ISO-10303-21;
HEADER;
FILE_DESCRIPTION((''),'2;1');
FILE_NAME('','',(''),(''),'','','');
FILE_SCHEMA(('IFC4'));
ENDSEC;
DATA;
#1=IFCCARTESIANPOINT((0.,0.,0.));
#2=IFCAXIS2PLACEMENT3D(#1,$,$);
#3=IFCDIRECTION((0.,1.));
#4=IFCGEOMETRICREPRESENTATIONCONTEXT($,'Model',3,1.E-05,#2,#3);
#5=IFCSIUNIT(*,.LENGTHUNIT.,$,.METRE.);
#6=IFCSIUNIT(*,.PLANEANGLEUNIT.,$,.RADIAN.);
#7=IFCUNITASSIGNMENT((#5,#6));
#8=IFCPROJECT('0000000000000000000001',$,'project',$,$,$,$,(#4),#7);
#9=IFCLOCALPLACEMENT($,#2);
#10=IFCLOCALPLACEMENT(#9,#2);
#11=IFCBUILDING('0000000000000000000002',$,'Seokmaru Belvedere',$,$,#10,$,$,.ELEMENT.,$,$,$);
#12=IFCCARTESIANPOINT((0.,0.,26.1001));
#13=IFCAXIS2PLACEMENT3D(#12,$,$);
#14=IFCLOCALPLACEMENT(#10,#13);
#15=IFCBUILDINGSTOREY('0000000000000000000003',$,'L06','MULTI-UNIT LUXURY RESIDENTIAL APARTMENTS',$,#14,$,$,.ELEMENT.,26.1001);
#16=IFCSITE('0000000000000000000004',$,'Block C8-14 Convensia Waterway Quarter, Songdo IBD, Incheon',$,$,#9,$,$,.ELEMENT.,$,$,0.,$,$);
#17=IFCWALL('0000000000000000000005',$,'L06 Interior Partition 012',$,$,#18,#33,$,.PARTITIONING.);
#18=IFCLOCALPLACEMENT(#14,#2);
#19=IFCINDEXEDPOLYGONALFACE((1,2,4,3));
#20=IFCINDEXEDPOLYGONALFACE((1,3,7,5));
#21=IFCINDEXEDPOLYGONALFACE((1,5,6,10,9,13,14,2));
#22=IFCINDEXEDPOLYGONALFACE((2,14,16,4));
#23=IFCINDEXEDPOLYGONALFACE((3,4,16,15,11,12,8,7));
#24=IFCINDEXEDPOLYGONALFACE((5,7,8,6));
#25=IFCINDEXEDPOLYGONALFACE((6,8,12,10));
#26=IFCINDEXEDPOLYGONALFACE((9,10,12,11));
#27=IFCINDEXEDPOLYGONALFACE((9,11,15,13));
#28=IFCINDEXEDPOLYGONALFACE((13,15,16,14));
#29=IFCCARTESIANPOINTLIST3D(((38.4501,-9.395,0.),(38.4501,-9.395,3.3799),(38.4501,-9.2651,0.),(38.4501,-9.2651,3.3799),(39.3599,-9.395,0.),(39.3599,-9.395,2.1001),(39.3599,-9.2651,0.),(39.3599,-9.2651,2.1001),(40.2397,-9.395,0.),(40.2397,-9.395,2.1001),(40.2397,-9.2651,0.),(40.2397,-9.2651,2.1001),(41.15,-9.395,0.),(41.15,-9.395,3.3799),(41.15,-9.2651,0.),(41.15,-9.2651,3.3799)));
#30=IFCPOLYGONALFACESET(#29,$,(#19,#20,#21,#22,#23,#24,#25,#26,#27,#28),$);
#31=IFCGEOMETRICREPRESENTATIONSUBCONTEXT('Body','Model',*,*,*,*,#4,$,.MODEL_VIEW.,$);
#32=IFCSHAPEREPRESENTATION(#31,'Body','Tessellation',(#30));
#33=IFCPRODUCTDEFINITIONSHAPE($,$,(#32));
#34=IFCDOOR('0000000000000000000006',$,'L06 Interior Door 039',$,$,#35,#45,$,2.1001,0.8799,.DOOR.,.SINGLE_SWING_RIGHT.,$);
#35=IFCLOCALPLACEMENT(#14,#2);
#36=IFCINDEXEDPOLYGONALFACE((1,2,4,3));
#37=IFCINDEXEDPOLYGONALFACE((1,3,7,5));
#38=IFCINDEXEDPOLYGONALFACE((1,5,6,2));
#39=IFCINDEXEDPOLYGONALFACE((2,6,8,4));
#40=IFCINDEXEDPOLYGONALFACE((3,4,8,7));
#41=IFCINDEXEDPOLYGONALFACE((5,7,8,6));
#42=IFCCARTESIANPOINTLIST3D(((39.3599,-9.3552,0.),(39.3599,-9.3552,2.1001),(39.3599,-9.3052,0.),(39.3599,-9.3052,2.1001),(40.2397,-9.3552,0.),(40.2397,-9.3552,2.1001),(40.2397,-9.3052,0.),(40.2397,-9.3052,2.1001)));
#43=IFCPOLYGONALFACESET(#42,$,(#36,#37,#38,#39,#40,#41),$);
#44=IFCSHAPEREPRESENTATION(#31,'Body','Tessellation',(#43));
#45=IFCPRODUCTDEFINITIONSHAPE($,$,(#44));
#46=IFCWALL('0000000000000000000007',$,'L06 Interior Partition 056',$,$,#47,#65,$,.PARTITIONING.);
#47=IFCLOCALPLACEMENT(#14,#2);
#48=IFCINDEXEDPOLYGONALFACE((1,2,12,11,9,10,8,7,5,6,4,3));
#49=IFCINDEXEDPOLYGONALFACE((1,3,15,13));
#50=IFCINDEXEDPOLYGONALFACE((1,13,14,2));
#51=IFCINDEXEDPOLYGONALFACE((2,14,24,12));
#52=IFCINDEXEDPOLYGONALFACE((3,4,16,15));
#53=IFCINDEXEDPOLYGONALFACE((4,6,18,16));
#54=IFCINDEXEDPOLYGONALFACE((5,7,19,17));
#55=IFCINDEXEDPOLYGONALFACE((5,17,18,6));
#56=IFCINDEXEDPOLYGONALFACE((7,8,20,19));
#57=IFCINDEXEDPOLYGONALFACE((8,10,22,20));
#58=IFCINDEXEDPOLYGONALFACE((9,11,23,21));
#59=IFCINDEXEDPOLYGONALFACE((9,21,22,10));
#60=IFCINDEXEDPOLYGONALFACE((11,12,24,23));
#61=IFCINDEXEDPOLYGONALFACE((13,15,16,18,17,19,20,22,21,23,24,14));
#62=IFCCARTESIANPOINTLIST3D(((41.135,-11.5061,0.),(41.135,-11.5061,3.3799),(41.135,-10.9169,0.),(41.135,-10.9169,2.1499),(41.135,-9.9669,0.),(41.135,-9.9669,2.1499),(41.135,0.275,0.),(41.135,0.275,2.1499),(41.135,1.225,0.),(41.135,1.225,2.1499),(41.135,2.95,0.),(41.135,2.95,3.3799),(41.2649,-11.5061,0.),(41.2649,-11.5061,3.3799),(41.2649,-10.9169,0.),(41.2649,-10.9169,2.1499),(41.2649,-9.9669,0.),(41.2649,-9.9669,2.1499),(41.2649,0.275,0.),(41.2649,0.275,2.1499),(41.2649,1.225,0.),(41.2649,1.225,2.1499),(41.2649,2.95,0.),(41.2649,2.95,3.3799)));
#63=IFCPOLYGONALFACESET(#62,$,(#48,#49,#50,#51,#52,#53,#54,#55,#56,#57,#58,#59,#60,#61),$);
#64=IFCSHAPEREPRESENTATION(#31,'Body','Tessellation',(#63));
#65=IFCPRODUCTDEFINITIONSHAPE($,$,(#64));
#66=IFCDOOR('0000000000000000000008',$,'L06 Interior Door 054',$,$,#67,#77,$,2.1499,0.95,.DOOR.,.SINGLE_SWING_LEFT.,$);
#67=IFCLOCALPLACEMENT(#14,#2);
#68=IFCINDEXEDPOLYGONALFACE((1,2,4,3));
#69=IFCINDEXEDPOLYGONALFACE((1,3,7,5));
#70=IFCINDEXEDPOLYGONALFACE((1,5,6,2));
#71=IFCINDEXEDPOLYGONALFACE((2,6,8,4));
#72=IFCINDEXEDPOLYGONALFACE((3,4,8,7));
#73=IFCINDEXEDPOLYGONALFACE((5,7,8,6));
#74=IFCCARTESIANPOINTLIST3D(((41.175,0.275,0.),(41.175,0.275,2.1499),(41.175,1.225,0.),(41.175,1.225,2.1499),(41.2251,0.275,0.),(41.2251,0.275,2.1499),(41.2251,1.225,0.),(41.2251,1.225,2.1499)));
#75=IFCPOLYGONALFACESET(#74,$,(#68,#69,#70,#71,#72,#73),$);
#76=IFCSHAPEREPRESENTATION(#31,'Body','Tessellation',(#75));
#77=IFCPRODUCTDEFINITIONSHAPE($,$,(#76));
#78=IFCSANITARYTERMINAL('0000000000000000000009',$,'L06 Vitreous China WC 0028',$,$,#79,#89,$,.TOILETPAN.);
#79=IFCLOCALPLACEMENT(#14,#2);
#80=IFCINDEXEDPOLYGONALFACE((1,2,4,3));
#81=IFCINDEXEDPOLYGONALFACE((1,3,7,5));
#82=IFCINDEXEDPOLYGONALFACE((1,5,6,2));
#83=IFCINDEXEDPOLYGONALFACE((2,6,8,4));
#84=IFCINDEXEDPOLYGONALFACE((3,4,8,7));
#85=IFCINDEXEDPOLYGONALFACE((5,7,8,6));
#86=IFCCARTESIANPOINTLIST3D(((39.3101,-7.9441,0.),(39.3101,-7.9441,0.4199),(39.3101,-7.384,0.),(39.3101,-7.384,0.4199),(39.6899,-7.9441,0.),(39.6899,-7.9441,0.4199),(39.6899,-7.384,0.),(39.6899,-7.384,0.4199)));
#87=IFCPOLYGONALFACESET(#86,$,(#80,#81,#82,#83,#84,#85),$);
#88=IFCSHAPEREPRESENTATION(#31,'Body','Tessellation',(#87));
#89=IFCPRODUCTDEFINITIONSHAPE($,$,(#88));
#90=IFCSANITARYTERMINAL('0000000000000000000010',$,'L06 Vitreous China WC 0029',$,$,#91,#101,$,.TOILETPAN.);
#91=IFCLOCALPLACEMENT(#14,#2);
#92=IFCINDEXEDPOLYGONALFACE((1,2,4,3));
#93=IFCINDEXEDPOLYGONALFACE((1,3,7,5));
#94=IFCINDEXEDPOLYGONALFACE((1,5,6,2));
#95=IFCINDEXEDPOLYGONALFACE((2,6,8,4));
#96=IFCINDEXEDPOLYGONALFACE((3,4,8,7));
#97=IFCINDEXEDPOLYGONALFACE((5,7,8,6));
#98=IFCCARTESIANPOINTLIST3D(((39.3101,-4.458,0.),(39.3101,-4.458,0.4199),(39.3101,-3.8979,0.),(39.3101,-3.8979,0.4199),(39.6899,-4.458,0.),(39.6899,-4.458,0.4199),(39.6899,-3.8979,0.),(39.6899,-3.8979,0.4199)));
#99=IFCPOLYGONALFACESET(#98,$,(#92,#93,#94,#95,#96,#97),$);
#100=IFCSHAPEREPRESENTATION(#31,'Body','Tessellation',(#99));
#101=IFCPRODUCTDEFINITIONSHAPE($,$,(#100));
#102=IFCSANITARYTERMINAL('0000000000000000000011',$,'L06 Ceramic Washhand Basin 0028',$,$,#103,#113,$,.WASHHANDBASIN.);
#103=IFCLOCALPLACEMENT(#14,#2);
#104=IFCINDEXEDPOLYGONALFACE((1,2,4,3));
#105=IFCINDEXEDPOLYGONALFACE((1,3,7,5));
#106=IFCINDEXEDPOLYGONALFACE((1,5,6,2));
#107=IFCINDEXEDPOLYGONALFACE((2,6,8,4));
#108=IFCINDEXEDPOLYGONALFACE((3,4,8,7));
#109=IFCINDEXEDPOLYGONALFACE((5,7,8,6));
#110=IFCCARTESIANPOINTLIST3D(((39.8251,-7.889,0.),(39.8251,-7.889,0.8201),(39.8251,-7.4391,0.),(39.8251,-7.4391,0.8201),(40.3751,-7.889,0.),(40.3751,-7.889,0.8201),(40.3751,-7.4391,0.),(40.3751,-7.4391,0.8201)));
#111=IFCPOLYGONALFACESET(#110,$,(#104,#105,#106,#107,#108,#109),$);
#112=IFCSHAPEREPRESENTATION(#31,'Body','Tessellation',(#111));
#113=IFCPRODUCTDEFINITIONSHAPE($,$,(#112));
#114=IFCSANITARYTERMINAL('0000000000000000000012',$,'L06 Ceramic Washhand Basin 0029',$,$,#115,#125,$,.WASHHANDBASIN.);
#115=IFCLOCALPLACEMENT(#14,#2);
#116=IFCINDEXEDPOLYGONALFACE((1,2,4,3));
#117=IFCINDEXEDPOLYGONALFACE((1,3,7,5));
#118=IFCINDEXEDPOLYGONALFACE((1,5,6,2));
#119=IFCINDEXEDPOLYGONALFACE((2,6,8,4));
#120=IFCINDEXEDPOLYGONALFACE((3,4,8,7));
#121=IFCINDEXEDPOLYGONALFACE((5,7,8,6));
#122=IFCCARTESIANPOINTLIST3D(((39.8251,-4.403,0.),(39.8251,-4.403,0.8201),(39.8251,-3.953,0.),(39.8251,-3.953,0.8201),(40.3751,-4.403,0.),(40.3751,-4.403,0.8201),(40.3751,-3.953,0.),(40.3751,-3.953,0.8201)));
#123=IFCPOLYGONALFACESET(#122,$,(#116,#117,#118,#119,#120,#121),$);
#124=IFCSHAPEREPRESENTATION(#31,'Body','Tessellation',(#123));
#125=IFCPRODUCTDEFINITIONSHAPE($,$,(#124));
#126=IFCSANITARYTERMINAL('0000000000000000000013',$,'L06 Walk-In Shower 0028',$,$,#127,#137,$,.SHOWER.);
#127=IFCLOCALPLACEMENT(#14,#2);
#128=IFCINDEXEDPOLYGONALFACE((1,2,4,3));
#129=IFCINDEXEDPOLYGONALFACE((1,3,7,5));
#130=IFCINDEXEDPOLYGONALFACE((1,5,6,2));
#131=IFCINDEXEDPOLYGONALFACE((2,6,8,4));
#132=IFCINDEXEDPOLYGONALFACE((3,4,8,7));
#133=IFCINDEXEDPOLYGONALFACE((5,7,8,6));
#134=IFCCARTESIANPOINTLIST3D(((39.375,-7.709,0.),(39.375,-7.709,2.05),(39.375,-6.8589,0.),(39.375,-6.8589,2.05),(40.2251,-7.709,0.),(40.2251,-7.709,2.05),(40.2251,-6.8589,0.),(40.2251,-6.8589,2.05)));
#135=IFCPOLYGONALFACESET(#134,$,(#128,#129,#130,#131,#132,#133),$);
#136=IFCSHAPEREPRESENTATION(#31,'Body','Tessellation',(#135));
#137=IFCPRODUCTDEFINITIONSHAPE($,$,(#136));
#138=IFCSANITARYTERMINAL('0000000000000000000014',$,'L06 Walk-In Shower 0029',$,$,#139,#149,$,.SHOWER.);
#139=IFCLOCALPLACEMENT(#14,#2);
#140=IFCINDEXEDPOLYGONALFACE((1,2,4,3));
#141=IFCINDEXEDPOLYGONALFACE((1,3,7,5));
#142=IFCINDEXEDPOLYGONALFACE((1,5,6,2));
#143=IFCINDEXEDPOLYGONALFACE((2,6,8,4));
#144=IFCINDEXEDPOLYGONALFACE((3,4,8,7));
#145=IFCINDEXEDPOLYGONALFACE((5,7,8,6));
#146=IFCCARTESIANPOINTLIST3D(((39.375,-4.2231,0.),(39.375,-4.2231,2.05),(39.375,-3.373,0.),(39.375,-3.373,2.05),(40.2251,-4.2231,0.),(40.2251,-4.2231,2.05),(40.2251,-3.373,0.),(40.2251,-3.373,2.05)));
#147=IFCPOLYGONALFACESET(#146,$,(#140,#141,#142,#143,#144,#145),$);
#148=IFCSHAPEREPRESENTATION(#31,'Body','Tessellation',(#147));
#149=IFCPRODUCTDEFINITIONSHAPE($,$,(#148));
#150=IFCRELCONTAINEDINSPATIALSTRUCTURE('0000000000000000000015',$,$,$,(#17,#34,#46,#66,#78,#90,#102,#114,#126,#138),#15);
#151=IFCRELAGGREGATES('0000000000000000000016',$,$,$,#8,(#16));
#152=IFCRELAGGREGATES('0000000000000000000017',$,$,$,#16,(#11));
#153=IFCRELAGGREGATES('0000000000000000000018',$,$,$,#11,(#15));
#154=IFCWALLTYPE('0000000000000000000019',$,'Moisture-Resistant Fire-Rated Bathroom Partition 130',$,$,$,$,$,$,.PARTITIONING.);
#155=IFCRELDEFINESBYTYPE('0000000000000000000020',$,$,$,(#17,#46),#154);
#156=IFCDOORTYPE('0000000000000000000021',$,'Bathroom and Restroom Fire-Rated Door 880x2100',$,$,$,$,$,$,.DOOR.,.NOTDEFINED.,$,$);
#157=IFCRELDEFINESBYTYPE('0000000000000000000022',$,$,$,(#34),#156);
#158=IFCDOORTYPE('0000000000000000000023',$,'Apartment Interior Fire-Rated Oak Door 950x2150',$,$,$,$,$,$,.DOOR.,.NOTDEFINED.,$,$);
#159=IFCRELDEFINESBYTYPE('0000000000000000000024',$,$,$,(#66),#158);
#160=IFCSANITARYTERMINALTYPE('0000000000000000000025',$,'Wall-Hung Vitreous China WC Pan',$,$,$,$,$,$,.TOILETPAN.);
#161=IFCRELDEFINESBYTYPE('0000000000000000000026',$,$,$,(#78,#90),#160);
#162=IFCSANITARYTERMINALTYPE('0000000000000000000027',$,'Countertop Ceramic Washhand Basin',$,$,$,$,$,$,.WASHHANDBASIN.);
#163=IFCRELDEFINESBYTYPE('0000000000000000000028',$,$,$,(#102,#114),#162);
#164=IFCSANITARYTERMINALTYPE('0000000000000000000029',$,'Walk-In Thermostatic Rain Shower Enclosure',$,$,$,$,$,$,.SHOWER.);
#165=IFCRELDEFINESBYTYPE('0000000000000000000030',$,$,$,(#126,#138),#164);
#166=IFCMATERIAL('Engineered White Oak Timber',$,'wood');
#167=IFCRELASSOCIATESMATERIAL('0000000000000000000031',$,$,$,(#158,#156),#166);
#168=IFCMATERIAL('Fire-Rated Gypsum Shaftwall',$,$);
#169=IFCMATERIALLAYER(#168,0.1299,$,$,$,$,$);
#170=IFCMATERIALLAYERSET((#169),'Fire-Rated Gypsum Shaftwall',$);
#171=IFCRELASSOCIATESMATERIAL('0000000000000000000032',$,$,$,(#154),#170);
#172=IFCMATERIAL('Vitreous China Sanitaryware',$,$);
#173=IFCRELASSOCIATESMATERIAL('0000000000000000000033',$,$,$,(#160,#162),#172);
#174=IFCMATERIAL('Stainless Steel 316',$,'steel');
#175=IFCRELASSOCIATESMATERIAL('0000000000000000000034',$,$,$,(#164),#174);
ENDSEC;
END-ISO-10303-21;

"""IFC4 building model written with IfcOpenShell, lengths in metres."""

from ifc_helpers import new_model, si_unit, direction, frame, frame_2d, origin, origin_2d, place, context, subcontext, project, spatial, rectangle, extrude, source, transform, mapped, material, layer, layer_set, type_object, type_shapes, element, fill, save


model = new_model("IFC4")

# Units and contexts
model_context = context("Model", 3, precision=1e-05, world=origin(), true_north=direction((0.0, 1.0)))
body_context = subcontext(model_context, "Body", "Model", "MODEL_VIEW")
ifc_project = project(units=[si_unit("LENGTHUNIT", "METRE"), si_unit("PLANEANGLEUNIT", "RADIAN")], contexts=[model_context])

# Site, building, storey
site_placement = place(None, origin())
site = spatial("IfcSite", under=ifc_project, at=site_placement, Name="Block C8-14 Convensia Waterway Quarter, Songdo IBD, Incheon", CompositionType="ELEMENT", RefElevation=0.0)
building_placement = place(site_placement, origin())
building = spatial("IfcBuilding", under=site, at=building_placement, Name="Seokmaru Belvedere", CompositionType="ELEMENT")
storey_placement = place(building_placement, frame((0.0, 0.0, 26.1001)))
storey = spatial("IfcBuildingStorey", under=building, at=storey_placement, Name="L06", Description="MULTI-UNIT LUXURY RESIDENTIAL APARTMENTS", CompositionType="ELEMENT", Elevation=26.1001)

# Shared definitions
ifc_material_1 = material(Name="Fire-Rated Gypsum Shaftwall")

# Shared definitions
ifc_material_2 = material(Name="Engineered White Oak Timber", Category="wood")
door_type_1 = type_object("IfcDoorType", Name="Apartment Interior Fire-Rated Oak Door 950x2150", OperationType="NOTDEFINED", PredefinedType="DOOR", material=ifc_material_2)
shared_shape_1 = source(origin(), body_context, "Body", "SweptSolid", [
    extrude(rectangle(XDim=0.95, YDim=2.1499, at=frame_2d((0.4751, 1.075))), frame((0.0, 0.0249, 0.0), z_axis=(0.0, -1.0, 0.0), x_axis=(1.0, 0.0, 0.0)), (0.0, 0.0, 1.0), 0.05),
])
type_shapes(door_type_1, [shared_shape_1])

# Wall, opening, door
ifc_layer_1 = layer(ifc_material_1, 0.1299)
ifc_layer_set_1 = layer_set([ifc_layer_1], Name="Fire-Rated Gypsum Shaftwall")
wall_type_1 = type_object("IfcWallType", Name="Moisture-Resistant Fire-Rated Bathroom Partition 130", PredefinedType="PARTITIONING", material=ifc_layer_set_1)
wall_1_placement = place(storey_placement, frame((38.45, -9.3301, 0.0), z_axis=(0.0, 0.0, 1.0), x_axis=(1.0, 0.0, 0.0)))
wall_1 = element("IfcWall", 1, at=wall_1_placement, inside=storey, type_object=wall_type_1, Name="L06 Interior Partition 012", PredefinedType="PARTITIONING", context=body_context, shape_type="SweptSolid", body=[
    extrude(rectangle(XDim=2.7, YDim=0.1299, at=frame_2d((1.3501, 0.0))), origin(), (0.0, 0.0, 1.0), 3.3799),
])
opening_1_placement = place(wall_1_placement, frame((0.9099, 0.0, 0.0)))
opening_1 = element("IfcOpeningElement", 2, at=opening_1_placement, cuts=wall_1, PredefinedType="OPENING", context=body_context, shape_type="SweptSolid", body=[
    extrude(rectangle(XDim=0.8799, YDim=2.1001, at=frame_2d((0.4399, 1.05))), frame((0.0, 0.075, 0.0), z_axis=(0.0, -1.0, 0.0), x_axis=(1.0, 0.0, 0.0)), (0.0, 0.0, 1.0), 0.1499),
])
door_type_2 = type_object("IfcDoorType", Name="Bathroom and Restroom Fire-Rated Door 880x2100", OperationType="NOTDEFINED", PredefinedType="DOOR", material=ifc_material_2)
shared_shape_2 = source(origin(), body_context, "Body", "SweptSolid", [
    extrude(rectangle(XDim=0.8799, YDim=2.1001, at=frame_2d((0.4399, 1.05))), frame((0.0, 0.0249, 0.0), z_axis=(0.0, -1.0, 0.0), x_axis=(1.0, 0.0, 0.0)), (0.0, 0.0, 1.0), 0.05),
])
type_shapes(door_type_2, [shared_shape_2])
door_1_placement = place(opening_1_placement, origin())
door_1 = element("IfcDoor", 3, at=door_1_placement, inside=storey, type_object=door_type_2, Name="L06 Interior Door 039", OperationType="SINGLE_SWING_RIGHT", OverallHeight=2.1001, OverallWidth=0.8799, PredefinedType="DOOR", context=body_context, shape_type="MappedRepresentation", body=[
    mapped(shared_shape_2, transform((0.0, 0.0, 0.0), scale=1.0)),
])
fill(opening_1, door_1)

# Wall, openings, door
wall_2_placement = place(storey_placement, frame((41.2, -11.5061, 0.0), z_axis=(0.0, 0.0, 1.0), x_axis=(0.0, 1.0, 0.0)))
wall_2 = element("IfcWall", 4, at=wall_2_placement, inside=storey, type_object=wall_type_1, Name="L06 Interior Partition 056", PredefinedType="PARTITIONING", context=body_context, shape_type="SweptSolid", body=[
    extrude(rectangle(XDim=14.4561, YDim=0.1299, at=frame_2d((7.228, 0.0))), origin(), (0.0, 0.0, 1.0), 3.3799),
])
opening_2_placement = place(wall_2_placement, frame((0.5891, 0.0, 0.0)))
element("IfcOpeningElement", 5, at=opening_2_placement, cuts=wall_2, PredefinedType="OPENING", context=body_context, shape_type="SweptSolid", body=[
    extrude(rectangle(XDim=0.95, YDim=2.1499, at=frame_2d((0.4751, 1.075))), frame((0.0, 0.075, 0.0), z_axis=(0.0, -1.0, 0.0), x_axis=(1.0, 0.0, 0.0)), (0.0, 0.0, 1.0), 0.1499),
])
opening_3_placement = place(wall_2_placement, frame((11.781, 0.0, 0.0)))
opening_3 = element("IfcOpeningElement", 6, at=opening_3_placement, cuts=wall_2, PredefinedType="OPENING", context=body_context, shape_type="SweptSolid", body=[
    extrude(rectangle(XDim=0.95, YDim=2.1499, at=frame_2d((0.4751, 1.075))), frame((0.0, 0.075, 0.0), z_axis=(0.0, -1.0, 0.0), x_axis=(1.0, 0.0, 0.0)), (0.0, 0.0, 1.0), 0.1499),
])
door_2_placement = place(opening_3_placement, origin())
door_2 = element("IfcDoor", 7, at=door_2_placement, inside=storey, type_object=door_type_1, Name="L06 Interior Door 054", OperationType="SINGLE_SWING_LEFT", OverallHeight=2.1499, OverallWidth=0.95, PredefinedType="DOOR", context=body_context, shape_type="MappedRepresentation", body=[
    mapped(shared_shape_1, transform((0.0, 0.0, 0.0), scale=1.0)),
])
fill(opening_3, door_2)

# Sanitary terminals
ifc_material_3 = material(Name="Vitreous China Sanitaryware")
sanitary_terminal_type_1 = type_object("IfcSanitaryTerminalType", Name="Wall-Hung Vitreous China WC Pan", PredefinedType="TOILETPAN", material=ifc_material_3)
shared_shape_3 = source(origin(), body_context, "Body", "SweptSolid", [
    extrude(rectangle(XDim=0.3799, YDim=0.5601, at=origin_2d()), origin(), (0.0, 0.0, 1.0), 0.4199),
])
type_shapes(sanitary_terminal_type_1, [shared_shape_3])
for number, where, z_axis, x_axis, name in (
    (8, (39.5, -7.6641, 0.0), (0.0, 0.0, 1.0), (1.0, 0.0, 0.0), "L06 Vitreous China WC 0028"),
    (9, (39.5, -4.178, 0.0), (0.0, 0.0, 1.0), (1.0, 0.0, 0.0), "L06 Vitreous China WC 0029"),
):
    element("IfcSanitaryTerminal", number, at=place(storey_placement, frame(where, z_axis=z_axis, x_axis=x_axis)), inside=storey, type_object=sanitary_terminal_type_1, Name=name, PredefinedType="TOILETPAN", context=body_context, shape_type="MappedRepresentation", body=[
        mapped(shared_shape_3, transform((0.0, 0.0, 0.0), scale=1.0)),
    ])
sanitary_terminal_type_2 = type_object("IfcSanitaryTerminalType", Name="Countertop Ceramic Washhand Basin", PredefinedType="WASHHANDBASIN", material=ifc_material_3)
shared_shape_4 = source(origin(), body_context, "Body", "SweptSolid", [
    extrude(rectangle(XDim=0.55, YDim=0.45, at=origin_2d()), origin(), (0.0, 0.0, 1.0), 0.8201),
])
type_shapes(sanitary_terminal_type_2, [shared_shape_4])
for number, where, z_axis, x_axis, name in (
    (10, (40.1001, -7.6641, 0.0), (0.0, 0.0, 1.0), (1.0, 0.0, 0.0), "L06 Ceramic Washhand Basin 0028"),
    (11, (40.1001, -4.178, 0.0), (0.0, 0.0, 1.0), (1.0, 0.0, 0.0), "L06 Ceramic Washhand Basin 0029"),
):
    element("IfcSanitaryTerminal", number, at=place(storey_placement, frame(where, z_axis=z_axis, x_axis=x_axis)), inside=storey, type_object=sanitary_terminal_type_2, Name=name, PredefinedType="WASHHANDBASIN", context=body_context, shape_type="MappedRepresentation", body=[
        mapped(shared_shape_4, transform((0.0, 0.0, 0.0), scale=1.0)),
    ])
ifc_material_4 = material(Name="Stainless Steel 316", Category="steel")
sanitary_terminal_type_3 = type_object("IfcSanitaryTerminalType", Name="Walk-In Thermostatic Rain Shower Enclosure", PredefinedType="SHOWER", material=ifc_material_4)
shared_shape_5 = source(origin(), body_context, "Body", "SweptSolid", [
    extrude(rectangle(XDim=0.8501, YDim=0.8501, at=origin_2d()), origin(), (0.0, 0.0, 1.0), 2.05),
])
type_shapes(sanitary_terminal_type_3, [shared_shape_5])
for number, where, z_axis, x_axis, name in (
    (12, (39.8, -7.2839, 0.0), (0.0, 0.0, 1.0), (1.0, 0.0, 0.0), "L06 Walk-In Shower 0028"),
    (13, (39.8, -3.7981, 0.0), (0.0, 0.0, 1.0), (1.0, 0.0, 0.0), "L06 Walk-In Shower 0029"),
):
    element("IfcSanitaryTerminal", number, at=place(storey_placement, frame(where, z_axis=z_axis, x_axis=x_axis)), inside=storey, type_object=sanitary_terminal_type_3, Name=name, PredefinedType="SHOWER", context=body_context, shape_type="MappedRepresentation", body=[
        mapped(shared_shape_5, transform((0.0, 0.0, 0.0), scale=1.0)),
    ])

save(model, "model.ifc")
